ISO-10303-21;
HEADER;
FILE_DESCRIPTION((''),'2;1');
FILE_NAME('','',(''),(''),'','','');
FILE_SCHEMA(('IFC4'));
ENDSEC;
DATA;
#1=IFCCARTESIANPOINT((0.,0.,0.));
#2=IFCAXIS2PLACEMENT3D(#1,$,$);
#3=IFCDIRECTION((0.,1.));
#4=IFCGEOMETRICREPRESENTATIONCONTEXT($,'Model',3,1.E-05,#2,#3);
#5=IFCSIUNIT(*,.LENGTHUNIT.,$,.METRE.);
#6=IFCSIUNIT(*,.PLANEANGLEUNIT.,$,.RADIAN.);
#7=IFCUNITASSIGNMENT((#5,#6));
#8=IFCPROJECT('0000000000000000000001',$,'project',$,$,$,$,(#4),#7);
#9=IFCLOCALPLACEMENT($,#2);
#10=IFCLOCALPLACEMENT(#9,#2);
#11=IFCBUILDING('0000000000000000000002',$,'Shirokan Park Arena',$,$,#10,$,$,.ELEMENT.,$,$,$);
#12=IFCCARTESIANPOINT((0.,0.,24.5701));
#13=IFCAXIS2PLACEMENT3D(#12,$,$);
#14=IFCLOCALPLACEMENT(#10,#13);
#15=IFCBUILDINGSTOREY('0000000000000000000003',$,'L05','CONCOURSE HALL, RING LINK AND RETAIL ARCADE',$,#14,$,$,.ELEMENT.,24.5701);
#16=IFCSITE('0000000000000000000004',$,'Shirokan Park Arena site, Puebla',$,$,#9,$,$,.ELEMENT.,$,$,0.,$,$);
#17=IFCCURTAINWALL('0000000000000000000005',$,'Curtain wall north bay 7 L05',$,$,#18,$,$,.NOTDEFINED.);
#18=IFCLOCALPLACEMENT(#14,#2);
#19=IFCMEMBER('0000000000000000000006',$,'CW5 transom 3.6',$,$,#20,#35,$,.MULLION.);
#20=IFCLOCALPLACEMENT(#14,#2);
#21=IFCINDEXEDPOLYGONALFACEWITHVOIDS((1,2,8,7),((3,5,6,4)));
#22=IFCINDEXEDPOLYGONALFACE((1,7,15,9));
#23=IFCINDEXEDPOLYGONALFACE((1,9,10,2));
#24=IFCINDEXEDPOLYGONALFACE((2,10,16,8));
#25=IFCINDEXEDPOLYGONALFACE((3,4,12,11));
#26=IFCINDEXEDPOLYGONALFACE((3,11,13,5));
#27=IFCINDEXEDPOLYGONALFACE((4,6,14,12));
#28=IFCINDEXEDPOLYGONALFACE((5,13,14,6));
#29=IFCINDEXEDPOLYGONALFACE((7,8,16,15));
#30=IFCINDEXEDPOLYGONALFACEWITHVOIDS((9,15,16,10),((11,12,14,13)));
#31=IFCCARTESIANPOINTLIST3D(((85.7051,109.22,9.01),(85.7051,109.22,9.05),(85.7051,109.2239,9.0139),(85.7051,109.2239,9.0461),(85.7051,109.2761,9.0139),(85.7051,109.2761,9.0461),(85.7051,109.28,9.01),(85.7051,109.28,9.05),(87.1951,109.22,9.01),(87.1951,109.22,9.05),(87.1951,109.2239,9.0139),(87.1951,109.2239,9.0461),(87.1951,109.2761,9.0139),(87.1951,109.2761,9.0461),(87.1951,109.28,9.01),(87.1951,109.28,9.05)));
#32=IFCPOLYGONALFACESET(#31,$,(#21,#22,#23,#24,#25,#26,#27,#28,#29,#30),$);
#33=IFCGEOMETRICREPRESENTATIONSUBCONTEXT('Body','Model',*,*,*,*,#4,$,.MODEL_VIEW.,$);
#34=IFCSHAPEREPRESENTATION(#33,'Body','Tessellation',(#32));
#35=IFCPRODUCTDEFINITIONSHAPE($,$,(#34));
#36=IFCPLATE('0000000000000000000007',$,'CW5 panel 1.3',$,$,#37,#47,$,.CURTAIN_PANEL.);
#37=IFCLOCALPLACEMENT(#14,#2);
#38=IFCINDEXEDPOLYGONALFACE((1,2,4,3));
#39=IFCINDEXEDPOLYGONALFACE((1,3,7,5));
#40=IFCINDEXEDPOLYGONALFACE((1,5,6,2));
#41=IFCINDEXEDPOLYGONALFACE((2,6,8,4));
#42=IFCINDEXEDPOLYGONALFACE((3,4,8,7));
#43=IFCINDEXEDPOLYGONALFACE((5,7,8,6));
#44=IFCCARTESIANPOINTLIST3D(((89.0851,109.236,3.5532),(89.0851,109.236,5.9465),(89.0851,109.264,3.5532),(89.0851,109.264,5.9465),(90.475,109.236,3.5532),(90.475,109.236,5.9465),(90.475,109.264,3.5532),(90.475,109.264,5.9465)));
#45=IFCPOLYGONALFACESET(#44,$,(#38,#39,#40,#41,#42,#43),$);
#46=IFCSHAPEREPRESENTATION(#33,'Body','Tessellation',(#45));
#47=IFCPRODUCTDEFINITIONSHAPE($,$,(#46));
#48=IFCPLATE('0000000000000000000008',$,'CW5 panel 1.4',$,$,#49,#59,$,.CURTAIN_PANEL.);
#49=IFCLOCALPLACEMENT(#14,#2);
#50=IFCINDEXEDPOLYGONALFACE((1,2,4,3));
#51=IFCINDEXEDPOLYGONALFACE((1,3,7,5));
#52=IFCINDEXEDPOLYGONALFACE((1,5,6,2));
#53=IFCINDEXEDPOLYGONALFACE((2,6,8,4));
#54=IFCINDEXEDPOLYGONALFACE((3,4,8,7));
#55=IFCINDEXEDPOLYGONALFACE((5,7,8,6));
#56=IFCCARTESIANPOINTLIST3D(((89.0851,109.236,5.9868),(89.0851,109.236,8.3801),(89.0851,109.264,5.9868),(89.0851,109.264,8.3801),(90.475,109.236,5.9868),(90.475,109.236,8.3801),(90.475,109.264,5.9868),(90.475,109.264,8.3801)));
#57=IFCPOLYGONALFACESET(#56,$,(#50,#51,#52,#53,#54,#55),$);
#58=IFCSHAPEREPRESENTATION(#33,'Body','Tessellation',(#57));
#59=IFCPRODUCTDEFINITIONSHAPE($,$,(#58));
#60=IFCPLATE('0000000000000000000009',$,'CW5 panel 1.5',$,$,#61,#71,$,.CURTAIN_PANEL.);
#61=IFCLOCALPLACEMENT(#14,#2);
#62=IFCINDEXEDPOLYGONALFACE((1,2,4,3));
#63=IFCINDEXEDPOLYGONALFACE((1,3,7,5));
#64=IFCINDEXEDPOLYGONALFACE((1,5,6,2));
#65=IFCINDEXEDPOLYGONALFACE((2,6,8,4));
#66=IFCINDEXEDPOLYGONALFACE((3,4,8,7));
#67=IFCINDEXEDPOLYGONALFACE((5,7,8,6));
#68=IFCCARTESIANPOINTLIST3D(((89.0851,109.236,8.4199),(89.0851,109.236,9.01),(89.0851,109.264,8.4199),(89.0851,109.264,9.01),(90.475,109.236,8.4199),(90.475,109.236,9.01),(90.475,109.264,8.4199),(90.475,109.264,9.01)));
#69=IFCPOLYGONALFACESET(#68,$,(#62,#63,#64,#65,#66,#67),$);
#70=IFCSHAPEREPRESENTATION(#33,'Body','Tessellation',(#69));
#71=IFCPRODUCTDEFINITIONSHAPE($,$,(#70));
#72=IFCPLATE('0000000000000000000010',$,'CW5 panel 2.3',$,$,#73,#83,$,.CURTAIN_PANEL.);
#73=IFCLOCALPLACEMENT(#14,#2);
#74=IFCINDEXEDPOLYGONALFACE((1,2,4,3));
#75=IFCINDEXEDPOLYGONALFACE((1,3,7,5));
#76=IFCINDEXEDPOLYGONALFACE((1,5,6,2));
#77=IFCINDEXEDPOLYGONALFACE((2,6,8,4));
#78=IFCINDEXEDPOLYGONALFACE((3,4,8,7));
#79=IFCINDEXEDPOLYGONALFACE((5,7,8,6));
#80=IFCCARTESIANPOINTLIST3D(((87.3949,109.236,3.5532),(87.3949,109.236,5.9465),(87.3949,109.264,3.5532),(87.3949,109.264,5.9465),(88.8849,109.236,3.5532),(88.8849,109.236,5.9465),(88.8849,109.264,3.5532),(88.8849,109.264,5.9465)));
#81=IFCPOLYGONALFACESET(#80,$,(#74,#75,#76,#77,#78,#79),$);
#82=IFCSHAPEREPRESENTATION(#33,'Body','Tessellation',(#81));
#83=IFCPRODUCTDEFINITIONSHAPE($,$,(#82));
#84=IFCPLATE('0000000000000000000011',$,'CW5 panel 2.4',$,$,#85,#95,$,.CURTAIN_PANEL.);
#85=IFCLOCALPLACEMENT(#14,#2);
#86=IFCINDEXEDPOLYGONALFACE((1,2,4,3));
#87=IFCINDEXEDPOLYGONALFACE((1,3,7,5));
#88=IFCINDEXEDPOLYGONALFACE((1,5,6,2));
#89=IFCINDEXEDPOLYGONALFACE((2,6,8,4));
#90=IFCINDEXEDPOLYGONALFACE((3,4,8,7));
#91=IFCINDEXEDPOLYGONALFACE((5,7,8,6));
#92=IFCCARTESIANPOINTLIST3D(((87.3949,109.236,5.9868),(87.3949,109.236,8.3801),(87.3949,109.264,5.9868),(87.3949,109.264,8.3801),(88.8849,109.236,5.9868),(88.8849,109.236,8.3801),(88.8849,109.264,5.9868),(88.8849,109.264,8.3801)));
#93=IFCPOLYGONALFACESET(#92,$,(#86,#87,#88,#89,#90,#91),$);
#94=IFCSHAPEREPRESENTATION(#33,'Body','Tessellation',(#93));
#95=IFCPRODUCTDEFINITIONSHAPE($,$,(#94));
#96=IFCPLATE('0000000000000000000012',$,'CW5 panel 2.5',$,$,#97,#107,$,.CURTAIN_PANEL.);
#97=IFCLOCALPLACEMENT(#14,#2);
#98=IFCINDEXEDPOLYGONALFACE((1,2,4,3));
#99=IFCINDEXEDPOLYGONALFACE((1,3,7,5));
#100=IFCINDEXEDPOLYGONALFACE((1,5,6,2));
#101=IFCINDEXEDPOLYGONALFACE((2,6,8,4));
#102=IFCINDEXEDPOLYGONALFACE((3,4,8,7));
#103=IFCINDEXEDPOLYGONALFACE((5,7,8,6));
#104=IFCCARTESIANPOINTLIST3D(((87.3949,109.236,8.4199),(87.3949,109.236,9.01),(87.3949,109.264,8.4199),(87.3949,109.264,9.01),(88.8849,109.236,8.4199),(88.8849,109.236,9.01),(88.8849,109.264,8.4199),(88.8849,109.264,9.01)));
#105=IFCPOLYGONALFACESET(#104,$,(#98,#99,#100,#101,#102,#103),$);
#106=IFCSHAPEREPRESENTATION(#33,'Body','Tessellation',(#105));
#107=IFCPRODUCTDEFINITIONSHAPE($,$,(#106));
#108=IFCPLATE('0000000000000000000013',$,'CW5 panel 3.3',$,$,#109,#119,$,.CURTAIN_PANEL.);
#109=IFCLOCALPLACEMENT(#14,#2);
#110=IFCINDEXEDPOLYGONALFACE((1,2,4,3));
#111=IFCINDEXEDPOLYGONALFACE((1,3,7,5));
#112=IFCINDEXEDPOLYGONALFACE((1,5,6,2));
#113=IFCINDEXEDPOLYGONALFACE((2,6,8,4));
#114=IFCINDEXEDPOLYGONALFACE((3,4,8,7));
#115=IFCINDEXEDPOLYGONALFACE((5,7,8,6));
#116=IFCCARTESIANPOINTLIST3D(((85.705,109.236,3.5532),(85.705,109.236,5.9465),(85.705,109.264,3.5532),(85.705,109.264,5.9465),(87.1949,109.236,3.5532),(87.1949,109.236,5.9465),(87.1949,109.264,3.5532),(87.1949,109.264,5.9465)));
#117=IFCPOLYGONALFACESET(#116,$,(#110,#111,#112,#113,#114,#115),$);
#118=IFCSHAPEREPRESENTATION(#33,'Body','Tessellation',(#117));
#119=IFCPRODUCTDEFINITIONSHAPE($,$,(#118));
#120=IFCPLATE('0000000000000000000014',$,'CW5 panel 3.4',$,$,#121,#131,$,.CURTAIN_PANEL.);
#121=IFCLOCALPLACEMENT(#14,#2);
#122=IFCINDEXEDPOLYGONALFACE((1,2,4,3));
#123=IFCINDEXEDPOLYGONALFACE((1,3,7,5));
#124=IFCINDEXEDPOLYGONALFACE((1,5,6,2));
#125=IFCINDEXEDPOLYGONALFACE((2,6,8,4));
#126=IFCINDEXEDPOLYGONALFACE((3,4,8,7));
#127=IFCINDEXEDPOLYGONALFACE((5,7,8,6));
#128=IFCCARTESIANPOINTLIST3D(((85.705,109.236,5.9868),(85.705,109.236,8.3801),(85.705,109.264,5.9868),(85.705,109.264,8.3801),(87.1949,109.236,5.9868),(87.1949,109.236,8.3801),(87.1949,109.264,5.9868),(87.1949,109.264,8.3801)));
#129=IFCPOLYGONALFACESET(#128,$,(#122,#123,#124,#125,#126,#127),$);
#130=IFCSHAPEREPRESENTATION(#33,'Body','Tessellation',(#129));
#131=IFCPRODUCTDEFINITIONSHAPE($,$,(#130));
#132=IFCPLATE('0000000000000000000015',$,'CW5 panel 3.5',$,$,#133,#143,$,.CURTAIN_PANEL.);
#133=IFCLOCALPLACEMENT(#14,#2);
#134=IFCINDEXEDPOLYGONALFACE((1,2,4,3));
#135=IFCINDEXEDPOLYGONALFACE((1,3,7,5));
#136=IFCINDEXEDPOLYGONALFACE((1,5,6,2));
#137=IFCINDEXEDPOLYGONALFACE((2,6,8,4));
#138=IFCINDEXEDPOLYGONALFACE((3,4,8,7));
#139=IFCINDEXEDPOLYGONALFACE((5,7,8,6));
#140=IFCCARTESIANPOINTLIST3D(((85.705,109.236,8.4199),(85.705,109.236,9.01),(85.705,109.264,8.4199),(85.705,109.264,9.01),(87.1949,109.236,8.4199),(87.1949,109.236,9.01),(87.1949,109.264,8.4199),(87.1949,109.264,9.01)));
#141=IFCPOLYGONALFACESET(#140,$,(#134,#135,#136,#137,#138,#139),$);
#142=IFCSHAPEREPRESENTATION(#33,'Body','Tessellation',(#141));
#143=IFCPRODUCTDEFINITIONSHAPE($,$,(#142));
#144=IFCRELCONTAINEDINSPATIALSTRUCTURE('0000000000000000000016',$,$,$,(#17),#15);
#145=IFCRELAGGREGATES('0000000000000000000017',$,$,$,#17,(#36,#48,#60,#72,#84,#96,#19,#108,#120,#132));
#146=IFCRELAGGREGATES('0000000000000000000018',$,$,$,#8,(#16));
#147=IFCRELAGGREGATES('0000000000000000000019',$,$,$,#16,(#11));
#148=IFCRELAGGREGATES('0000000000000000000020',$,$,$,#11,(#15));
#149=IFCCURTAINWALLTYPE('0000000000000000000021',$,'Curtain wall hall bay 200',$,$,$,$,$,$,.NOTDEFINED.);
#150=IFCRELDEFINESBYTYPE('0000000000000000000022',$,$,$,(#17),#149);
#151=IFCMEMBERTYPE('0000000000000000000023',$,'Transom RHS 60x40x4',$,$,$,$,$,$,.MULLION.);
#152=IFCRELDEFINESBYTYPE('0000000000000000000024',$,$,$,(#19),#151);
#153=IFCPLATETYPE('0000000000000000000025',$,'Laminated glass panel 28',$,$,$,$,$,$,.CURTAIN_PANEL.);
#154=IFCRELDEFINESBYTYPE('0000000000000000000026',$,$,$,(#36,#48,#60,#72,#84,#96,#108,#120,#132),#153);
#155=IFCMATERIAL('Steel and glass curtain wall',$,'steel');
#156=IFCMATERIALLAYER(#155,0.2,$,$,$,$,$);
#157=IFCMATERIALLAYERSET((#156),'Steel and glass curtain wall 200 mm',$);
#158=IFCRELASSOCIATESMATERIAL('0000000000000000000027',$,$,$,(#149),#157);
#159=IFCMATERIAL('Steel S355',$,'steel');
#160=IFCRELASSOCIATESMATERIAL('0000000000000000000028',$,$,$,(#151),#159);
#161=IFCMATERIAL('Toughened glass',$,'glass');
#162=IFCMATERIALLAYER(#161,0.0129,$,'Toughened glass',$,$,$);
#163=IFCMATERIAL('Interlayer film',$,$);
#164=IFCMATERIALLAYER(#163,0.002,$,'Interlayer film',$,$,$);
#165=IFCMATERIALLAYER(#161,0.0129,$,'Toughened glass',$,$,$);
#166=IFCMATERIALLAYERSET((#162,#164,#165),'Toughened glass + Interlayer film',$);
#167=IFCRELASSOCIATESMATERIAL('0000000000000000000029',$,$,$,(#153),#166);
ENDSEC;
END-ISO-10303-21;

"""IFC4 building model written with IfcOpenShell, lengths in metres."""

from ifc_helpers import new_model, si_unit, direction, frame, origin, origin_2d, place, context, subcontext, project, spatial, rectangle, hollow_rectangle, extrude, material, layer, layer_set, material_profile, profile_set, type_object, element, aggregate, save


model = new_model("IFC4")

# Units and contexts
model_context = context("Model", 3, precision=1e-05, world=origin(), true_north=direction((0.0, 1.0)))
body_context = subcontext(model_context, "Body", "Model", "MODEL_VIEW")
ifc_project = project(units=[si_unit("LENGTHUNIT", "METRE"), si_unit("PLANEANGLEUNIT", "RADIAN")], contexts=[model_context])

# Site, building, storey
site_placement = place(None, origin())
site = spatial("IfcSite", under=ifc_project, at=site_placement, Name="Shirokan Park Arena site, Puebla", CompositionType="ELEMENT", RefElevation=0.0)
building_placement = place(site_placement, origin())
building = spatial("IfcBuilding", under=site, at=building_placement, Name="Shirokan Park Arena", CompositionType="ELEMENT")
storey_placement = place(building_placement, frame((0.0, 0.0, 24.5701)))
storey = spatial("IfcBuildingStorey", under=building, at=storey_placement, Name="L05", Description="CONCOURSE HALL, RING LINK AND RETAIL ARCADE", CompositionType="ELEMENT", Elevation=24.5701)

# Curtain wall, member, plates
ifc_material_1 = material(Name="Steel and glass curtain wall", Category="steel")
ifc_layer_1 = layer(ifc_material_1, 0.2)
ifc_layer_set_1 = layer_set([ifc_layer_1], Name="Steel and glass curtain wall 200 mm")
curtain_wall_type = type_object("IfcCurtainWallType", Name="Curtain wall hall bay 200", PredefinedType="NOTDEFINED", material=ifc_layer_set_1)
curtain_wall_placement = place(storey_placement, origin())
curtain_wall = element("IfcCurtainWall", 1, at=curtain_wall_placement, inside=storey, type_object=curtain_wall_type, Name="Curtain wall north bay 7 L05", PredefinedType="NOTDEFINED")
ifc_material_2 = material(Name="Steel S355", Category="steel")
ifc_material_profile = material_profile(ifc_material_2, hollow_rectangle(XDim=0.0601, YDim=0.04, WallThickness=0.0039, at=origin_2d()), Name="RHS 60x40x4")
ifc_profile_set = profile_set([ifc_material_profile], Name="Steel S355")
member_type = type_object("IfcMemberType", Name="Transom RHS 60x40x4", PredefinedType="MULLION", material=ifc_profile_set)
member_1_placement = place(storey_placement, frame((87.1951, 109.25, 9.03), z_axis=(-1.0, 0.0, 0.0), x_axis=(0.0, -1.0, 0.0)))
member_1 = element("IfcMember", 2, at=member_1_placement, type_object=member_type, Name="CW5 transom 3.6", PredefinedType="MULLION", context=body_context, shape_type="SweptSolid", body=[
    extrude(hollow_rectangle(XDim=0.0601, YDim=0.04, WallThickness=0.0039, at=origin_2d()), origin(), (0.0, 0.0, 1.0), 1.49),
])
ifc_material_3 = material(Name="Toughened glass", Category="glass")
ifc_layer_2 = layer(ifc_material_3, 0.0129, Name="Toughened glass")
ifc_material_4 = material(Name="Interlayer film")
ifc_layer_3 = layer(ifc_material_4, 0.002, Name="Interlayer film")
ifc_layer_4 = layer(ifc_material_3, 0.0129, Name="Toughened glass")
ifc_layer_set_2 = layer_set([ifc_layer_2, ifc_layer_3, ifc_layer_4], Name="Toughened glass + Interlayer film")
plate_type = type_object("IfcPlateType", Name="Laminated glass panel 28", PredefinedType="CURTAIN_PANEL", material=ifc_layer_set_2)
plate_1_placement = place(storey_placement, frame((89.78, 109.25, 3.5532), z_axis=(0.0, 0.0, 1.0), x_axis=(-1.0, 0.0, 0.0)))
plate_1 = element("IfcPlate", 3, at=plate_1_placement, type_object=plate_type, Name="CW5 panel 1.3", PredefinedType="CURTAIN_PANEL", context=body_context, shape_type="SweptSolid", body=[
    extrude(rectangle(XDim=1.3899, YDim=0.0281, at=origin_2d()), origin(), (0.0, 0.0, 1.0), 2.3933),
])
plate_2_placement = place(storey_placement, frame((89.78, 109.25, 5.9868), z_axis=(0.0, 0.0, 1.0), x_axis=(-1.0, 0.0, 0.0)))
plate_2 = element("IfcPlate", 4, at=plate_2_placement, type_object=plate_type, Name="CW5 panel 1.4", PredefinedType="CURTAIN_PANEL", context=body_context, shape_type="SweptSolid", body=[
    extrude(rectangle(XDim=1.3899, YDim=0.0281, at=origin_2d()), origin(), (0.0, 0.0, 1.0), 2.3933),
])
plate_3_placement = place(storey_placement, frame((89.78, 109.25, 8.4199), z_axis=(0.0, 0.0, 1.0), x_axis=(-1.0, 0.0, 0.0)))
plate_3 = element("IfcPlate", 5, at=plate_3_placement, type_object=plate_type, Name="CW5 panel 1.5", PredefinedType="CURTAIN_PANEL", context=body_context, shape_type="SweptSolid", body=[
    extrude(rectangle(XDim=1.3899, YDim=0.0281, at=origin_2d()), origin(), (0.0, 0.0, 1.0), 0.5901),
])
plate_4_placement = place(storey_placement, frame((88.1399, 109.25, 3.5532), z_axis=(0.0, 0.0, 1.0), x_axis=(-1.0, 0.0, 0.0)))
plate_4 = element("IfcPlate", 6, at=plate_4_placement, type_object=plate_type, Name="CW5 panel 2.3", PredefinedType="CURTAIN_PANEL", context=body_context, shape_type="SweptSolid", body=[
    extrude(rectangle(XDim=1.49, YDim=0.0281, at=origin_2d()), origin(), (0.0, 0.0, 1.0), 2.3933),
])
plate_5_placement = place(storey_placement, frame((88.1399, 109.25, 5.9868), z_axis=(0.0, 0.0, 1.0), x_axis=(-1.0, 0.0, 0.0)))
plate_5 = element("IfcPlate", 7, at=plate_5_placement, type_object=plate_type, Name="CW5 panel 2.4", PredefinedType="CURTAIN_PANEL", context=body_context, shape_type="SweptSolid", body=[
    extrude(rectangle(XDim=1.49, YDim=0.0281, at=origin_2d()), origin(), (0.0, 0.0, 1.0), 2.3933),
])
plate_6_placement = place(storey_placement, frame((88.1399, 109.25, 8.4199), z_axis=(0.0, 0.0, 1.0), x_axis=(-1.0, 0.0, 0.0)))
plate_6 = element("IfcPlate", 8, at=plate_6_placement, type_object=plate_type, Name="CW5 panel 2.5", PredefinedType="CURTAIN_PANEL", context=body_context, shape_type="SweptSolid", body=[
    extrude(rectangle(XDim=1.49, YDim=0.0281, at=origin_2d()), origin(), (0.0, 0.0, 1.0), 0.5901),
])
plate_7_placement = place(storey_placement, frame((86.45, 109.25, 3.5532), z_axis=(0.0, 0.0, 1.0), x_axis=(-1.0, 0.0, 0.0)))
plate_7 = element("IfcPlate", 9, at=plate_7_placement, type_object=plate_type, Name="CW5 panel 3.3", PredefinedType="CURTAIN_PANEL", context=body_context, shape_type="SweptSolid", body=[
    extrude(rectangle(XDim=1.49, YDim=0.0281, at=origin_2d()), origin(), (0.0, 0.0, 1.0), 2.3933),
])
plate_8_placement = place(storey_placement, frame((86.45, 109.25, 5.9868), z_axis=(0.0, 0.0, 1.0), x_axis=(-1.0, 0.0, 0.0)))
plate_8 = element("IfcPlate", 10, at=plate_8_placement, type_object=plate_type, Name="CW5 panel 3.4", PredefinedType="CURTAIN_PANEL", context=body_context, shape_type="SweptSolid", body=[
    extrude(rectangle(XDim=1.49, YDim=0.0281, at=origin_2d()), origin(), (0.0, 0.0, 1.0), 2.3933),
])
plate_9_placement = place(storey_placement, frame((86.45, 109.25, 8.4199), z_axis=(0.0, 0.0, 1.0), x_axis=(-1.0, 0.0, 0.0)))
plate_9 = element("IfcPlate", 11, at=plate_9_placement, type_object=plate_type, Name="CW5 panel 3.5", PredefinedType="CURTAIN_PANEL", context=body_context, shape_type="SweptSolid", body=[
    extrude(rectangle(XDim=1.49, YDim=0.0281, at=origin_2d()), origin(), (0.0, 0.0, 1.0), 0.5901),
])
aggregate(curtain_wall, [plate_1, plate_2, plate_3, plate_4, plate_5, plate_6, member_1, plate_7, plate_8, plate_9])

save(model, "model.ifc")
